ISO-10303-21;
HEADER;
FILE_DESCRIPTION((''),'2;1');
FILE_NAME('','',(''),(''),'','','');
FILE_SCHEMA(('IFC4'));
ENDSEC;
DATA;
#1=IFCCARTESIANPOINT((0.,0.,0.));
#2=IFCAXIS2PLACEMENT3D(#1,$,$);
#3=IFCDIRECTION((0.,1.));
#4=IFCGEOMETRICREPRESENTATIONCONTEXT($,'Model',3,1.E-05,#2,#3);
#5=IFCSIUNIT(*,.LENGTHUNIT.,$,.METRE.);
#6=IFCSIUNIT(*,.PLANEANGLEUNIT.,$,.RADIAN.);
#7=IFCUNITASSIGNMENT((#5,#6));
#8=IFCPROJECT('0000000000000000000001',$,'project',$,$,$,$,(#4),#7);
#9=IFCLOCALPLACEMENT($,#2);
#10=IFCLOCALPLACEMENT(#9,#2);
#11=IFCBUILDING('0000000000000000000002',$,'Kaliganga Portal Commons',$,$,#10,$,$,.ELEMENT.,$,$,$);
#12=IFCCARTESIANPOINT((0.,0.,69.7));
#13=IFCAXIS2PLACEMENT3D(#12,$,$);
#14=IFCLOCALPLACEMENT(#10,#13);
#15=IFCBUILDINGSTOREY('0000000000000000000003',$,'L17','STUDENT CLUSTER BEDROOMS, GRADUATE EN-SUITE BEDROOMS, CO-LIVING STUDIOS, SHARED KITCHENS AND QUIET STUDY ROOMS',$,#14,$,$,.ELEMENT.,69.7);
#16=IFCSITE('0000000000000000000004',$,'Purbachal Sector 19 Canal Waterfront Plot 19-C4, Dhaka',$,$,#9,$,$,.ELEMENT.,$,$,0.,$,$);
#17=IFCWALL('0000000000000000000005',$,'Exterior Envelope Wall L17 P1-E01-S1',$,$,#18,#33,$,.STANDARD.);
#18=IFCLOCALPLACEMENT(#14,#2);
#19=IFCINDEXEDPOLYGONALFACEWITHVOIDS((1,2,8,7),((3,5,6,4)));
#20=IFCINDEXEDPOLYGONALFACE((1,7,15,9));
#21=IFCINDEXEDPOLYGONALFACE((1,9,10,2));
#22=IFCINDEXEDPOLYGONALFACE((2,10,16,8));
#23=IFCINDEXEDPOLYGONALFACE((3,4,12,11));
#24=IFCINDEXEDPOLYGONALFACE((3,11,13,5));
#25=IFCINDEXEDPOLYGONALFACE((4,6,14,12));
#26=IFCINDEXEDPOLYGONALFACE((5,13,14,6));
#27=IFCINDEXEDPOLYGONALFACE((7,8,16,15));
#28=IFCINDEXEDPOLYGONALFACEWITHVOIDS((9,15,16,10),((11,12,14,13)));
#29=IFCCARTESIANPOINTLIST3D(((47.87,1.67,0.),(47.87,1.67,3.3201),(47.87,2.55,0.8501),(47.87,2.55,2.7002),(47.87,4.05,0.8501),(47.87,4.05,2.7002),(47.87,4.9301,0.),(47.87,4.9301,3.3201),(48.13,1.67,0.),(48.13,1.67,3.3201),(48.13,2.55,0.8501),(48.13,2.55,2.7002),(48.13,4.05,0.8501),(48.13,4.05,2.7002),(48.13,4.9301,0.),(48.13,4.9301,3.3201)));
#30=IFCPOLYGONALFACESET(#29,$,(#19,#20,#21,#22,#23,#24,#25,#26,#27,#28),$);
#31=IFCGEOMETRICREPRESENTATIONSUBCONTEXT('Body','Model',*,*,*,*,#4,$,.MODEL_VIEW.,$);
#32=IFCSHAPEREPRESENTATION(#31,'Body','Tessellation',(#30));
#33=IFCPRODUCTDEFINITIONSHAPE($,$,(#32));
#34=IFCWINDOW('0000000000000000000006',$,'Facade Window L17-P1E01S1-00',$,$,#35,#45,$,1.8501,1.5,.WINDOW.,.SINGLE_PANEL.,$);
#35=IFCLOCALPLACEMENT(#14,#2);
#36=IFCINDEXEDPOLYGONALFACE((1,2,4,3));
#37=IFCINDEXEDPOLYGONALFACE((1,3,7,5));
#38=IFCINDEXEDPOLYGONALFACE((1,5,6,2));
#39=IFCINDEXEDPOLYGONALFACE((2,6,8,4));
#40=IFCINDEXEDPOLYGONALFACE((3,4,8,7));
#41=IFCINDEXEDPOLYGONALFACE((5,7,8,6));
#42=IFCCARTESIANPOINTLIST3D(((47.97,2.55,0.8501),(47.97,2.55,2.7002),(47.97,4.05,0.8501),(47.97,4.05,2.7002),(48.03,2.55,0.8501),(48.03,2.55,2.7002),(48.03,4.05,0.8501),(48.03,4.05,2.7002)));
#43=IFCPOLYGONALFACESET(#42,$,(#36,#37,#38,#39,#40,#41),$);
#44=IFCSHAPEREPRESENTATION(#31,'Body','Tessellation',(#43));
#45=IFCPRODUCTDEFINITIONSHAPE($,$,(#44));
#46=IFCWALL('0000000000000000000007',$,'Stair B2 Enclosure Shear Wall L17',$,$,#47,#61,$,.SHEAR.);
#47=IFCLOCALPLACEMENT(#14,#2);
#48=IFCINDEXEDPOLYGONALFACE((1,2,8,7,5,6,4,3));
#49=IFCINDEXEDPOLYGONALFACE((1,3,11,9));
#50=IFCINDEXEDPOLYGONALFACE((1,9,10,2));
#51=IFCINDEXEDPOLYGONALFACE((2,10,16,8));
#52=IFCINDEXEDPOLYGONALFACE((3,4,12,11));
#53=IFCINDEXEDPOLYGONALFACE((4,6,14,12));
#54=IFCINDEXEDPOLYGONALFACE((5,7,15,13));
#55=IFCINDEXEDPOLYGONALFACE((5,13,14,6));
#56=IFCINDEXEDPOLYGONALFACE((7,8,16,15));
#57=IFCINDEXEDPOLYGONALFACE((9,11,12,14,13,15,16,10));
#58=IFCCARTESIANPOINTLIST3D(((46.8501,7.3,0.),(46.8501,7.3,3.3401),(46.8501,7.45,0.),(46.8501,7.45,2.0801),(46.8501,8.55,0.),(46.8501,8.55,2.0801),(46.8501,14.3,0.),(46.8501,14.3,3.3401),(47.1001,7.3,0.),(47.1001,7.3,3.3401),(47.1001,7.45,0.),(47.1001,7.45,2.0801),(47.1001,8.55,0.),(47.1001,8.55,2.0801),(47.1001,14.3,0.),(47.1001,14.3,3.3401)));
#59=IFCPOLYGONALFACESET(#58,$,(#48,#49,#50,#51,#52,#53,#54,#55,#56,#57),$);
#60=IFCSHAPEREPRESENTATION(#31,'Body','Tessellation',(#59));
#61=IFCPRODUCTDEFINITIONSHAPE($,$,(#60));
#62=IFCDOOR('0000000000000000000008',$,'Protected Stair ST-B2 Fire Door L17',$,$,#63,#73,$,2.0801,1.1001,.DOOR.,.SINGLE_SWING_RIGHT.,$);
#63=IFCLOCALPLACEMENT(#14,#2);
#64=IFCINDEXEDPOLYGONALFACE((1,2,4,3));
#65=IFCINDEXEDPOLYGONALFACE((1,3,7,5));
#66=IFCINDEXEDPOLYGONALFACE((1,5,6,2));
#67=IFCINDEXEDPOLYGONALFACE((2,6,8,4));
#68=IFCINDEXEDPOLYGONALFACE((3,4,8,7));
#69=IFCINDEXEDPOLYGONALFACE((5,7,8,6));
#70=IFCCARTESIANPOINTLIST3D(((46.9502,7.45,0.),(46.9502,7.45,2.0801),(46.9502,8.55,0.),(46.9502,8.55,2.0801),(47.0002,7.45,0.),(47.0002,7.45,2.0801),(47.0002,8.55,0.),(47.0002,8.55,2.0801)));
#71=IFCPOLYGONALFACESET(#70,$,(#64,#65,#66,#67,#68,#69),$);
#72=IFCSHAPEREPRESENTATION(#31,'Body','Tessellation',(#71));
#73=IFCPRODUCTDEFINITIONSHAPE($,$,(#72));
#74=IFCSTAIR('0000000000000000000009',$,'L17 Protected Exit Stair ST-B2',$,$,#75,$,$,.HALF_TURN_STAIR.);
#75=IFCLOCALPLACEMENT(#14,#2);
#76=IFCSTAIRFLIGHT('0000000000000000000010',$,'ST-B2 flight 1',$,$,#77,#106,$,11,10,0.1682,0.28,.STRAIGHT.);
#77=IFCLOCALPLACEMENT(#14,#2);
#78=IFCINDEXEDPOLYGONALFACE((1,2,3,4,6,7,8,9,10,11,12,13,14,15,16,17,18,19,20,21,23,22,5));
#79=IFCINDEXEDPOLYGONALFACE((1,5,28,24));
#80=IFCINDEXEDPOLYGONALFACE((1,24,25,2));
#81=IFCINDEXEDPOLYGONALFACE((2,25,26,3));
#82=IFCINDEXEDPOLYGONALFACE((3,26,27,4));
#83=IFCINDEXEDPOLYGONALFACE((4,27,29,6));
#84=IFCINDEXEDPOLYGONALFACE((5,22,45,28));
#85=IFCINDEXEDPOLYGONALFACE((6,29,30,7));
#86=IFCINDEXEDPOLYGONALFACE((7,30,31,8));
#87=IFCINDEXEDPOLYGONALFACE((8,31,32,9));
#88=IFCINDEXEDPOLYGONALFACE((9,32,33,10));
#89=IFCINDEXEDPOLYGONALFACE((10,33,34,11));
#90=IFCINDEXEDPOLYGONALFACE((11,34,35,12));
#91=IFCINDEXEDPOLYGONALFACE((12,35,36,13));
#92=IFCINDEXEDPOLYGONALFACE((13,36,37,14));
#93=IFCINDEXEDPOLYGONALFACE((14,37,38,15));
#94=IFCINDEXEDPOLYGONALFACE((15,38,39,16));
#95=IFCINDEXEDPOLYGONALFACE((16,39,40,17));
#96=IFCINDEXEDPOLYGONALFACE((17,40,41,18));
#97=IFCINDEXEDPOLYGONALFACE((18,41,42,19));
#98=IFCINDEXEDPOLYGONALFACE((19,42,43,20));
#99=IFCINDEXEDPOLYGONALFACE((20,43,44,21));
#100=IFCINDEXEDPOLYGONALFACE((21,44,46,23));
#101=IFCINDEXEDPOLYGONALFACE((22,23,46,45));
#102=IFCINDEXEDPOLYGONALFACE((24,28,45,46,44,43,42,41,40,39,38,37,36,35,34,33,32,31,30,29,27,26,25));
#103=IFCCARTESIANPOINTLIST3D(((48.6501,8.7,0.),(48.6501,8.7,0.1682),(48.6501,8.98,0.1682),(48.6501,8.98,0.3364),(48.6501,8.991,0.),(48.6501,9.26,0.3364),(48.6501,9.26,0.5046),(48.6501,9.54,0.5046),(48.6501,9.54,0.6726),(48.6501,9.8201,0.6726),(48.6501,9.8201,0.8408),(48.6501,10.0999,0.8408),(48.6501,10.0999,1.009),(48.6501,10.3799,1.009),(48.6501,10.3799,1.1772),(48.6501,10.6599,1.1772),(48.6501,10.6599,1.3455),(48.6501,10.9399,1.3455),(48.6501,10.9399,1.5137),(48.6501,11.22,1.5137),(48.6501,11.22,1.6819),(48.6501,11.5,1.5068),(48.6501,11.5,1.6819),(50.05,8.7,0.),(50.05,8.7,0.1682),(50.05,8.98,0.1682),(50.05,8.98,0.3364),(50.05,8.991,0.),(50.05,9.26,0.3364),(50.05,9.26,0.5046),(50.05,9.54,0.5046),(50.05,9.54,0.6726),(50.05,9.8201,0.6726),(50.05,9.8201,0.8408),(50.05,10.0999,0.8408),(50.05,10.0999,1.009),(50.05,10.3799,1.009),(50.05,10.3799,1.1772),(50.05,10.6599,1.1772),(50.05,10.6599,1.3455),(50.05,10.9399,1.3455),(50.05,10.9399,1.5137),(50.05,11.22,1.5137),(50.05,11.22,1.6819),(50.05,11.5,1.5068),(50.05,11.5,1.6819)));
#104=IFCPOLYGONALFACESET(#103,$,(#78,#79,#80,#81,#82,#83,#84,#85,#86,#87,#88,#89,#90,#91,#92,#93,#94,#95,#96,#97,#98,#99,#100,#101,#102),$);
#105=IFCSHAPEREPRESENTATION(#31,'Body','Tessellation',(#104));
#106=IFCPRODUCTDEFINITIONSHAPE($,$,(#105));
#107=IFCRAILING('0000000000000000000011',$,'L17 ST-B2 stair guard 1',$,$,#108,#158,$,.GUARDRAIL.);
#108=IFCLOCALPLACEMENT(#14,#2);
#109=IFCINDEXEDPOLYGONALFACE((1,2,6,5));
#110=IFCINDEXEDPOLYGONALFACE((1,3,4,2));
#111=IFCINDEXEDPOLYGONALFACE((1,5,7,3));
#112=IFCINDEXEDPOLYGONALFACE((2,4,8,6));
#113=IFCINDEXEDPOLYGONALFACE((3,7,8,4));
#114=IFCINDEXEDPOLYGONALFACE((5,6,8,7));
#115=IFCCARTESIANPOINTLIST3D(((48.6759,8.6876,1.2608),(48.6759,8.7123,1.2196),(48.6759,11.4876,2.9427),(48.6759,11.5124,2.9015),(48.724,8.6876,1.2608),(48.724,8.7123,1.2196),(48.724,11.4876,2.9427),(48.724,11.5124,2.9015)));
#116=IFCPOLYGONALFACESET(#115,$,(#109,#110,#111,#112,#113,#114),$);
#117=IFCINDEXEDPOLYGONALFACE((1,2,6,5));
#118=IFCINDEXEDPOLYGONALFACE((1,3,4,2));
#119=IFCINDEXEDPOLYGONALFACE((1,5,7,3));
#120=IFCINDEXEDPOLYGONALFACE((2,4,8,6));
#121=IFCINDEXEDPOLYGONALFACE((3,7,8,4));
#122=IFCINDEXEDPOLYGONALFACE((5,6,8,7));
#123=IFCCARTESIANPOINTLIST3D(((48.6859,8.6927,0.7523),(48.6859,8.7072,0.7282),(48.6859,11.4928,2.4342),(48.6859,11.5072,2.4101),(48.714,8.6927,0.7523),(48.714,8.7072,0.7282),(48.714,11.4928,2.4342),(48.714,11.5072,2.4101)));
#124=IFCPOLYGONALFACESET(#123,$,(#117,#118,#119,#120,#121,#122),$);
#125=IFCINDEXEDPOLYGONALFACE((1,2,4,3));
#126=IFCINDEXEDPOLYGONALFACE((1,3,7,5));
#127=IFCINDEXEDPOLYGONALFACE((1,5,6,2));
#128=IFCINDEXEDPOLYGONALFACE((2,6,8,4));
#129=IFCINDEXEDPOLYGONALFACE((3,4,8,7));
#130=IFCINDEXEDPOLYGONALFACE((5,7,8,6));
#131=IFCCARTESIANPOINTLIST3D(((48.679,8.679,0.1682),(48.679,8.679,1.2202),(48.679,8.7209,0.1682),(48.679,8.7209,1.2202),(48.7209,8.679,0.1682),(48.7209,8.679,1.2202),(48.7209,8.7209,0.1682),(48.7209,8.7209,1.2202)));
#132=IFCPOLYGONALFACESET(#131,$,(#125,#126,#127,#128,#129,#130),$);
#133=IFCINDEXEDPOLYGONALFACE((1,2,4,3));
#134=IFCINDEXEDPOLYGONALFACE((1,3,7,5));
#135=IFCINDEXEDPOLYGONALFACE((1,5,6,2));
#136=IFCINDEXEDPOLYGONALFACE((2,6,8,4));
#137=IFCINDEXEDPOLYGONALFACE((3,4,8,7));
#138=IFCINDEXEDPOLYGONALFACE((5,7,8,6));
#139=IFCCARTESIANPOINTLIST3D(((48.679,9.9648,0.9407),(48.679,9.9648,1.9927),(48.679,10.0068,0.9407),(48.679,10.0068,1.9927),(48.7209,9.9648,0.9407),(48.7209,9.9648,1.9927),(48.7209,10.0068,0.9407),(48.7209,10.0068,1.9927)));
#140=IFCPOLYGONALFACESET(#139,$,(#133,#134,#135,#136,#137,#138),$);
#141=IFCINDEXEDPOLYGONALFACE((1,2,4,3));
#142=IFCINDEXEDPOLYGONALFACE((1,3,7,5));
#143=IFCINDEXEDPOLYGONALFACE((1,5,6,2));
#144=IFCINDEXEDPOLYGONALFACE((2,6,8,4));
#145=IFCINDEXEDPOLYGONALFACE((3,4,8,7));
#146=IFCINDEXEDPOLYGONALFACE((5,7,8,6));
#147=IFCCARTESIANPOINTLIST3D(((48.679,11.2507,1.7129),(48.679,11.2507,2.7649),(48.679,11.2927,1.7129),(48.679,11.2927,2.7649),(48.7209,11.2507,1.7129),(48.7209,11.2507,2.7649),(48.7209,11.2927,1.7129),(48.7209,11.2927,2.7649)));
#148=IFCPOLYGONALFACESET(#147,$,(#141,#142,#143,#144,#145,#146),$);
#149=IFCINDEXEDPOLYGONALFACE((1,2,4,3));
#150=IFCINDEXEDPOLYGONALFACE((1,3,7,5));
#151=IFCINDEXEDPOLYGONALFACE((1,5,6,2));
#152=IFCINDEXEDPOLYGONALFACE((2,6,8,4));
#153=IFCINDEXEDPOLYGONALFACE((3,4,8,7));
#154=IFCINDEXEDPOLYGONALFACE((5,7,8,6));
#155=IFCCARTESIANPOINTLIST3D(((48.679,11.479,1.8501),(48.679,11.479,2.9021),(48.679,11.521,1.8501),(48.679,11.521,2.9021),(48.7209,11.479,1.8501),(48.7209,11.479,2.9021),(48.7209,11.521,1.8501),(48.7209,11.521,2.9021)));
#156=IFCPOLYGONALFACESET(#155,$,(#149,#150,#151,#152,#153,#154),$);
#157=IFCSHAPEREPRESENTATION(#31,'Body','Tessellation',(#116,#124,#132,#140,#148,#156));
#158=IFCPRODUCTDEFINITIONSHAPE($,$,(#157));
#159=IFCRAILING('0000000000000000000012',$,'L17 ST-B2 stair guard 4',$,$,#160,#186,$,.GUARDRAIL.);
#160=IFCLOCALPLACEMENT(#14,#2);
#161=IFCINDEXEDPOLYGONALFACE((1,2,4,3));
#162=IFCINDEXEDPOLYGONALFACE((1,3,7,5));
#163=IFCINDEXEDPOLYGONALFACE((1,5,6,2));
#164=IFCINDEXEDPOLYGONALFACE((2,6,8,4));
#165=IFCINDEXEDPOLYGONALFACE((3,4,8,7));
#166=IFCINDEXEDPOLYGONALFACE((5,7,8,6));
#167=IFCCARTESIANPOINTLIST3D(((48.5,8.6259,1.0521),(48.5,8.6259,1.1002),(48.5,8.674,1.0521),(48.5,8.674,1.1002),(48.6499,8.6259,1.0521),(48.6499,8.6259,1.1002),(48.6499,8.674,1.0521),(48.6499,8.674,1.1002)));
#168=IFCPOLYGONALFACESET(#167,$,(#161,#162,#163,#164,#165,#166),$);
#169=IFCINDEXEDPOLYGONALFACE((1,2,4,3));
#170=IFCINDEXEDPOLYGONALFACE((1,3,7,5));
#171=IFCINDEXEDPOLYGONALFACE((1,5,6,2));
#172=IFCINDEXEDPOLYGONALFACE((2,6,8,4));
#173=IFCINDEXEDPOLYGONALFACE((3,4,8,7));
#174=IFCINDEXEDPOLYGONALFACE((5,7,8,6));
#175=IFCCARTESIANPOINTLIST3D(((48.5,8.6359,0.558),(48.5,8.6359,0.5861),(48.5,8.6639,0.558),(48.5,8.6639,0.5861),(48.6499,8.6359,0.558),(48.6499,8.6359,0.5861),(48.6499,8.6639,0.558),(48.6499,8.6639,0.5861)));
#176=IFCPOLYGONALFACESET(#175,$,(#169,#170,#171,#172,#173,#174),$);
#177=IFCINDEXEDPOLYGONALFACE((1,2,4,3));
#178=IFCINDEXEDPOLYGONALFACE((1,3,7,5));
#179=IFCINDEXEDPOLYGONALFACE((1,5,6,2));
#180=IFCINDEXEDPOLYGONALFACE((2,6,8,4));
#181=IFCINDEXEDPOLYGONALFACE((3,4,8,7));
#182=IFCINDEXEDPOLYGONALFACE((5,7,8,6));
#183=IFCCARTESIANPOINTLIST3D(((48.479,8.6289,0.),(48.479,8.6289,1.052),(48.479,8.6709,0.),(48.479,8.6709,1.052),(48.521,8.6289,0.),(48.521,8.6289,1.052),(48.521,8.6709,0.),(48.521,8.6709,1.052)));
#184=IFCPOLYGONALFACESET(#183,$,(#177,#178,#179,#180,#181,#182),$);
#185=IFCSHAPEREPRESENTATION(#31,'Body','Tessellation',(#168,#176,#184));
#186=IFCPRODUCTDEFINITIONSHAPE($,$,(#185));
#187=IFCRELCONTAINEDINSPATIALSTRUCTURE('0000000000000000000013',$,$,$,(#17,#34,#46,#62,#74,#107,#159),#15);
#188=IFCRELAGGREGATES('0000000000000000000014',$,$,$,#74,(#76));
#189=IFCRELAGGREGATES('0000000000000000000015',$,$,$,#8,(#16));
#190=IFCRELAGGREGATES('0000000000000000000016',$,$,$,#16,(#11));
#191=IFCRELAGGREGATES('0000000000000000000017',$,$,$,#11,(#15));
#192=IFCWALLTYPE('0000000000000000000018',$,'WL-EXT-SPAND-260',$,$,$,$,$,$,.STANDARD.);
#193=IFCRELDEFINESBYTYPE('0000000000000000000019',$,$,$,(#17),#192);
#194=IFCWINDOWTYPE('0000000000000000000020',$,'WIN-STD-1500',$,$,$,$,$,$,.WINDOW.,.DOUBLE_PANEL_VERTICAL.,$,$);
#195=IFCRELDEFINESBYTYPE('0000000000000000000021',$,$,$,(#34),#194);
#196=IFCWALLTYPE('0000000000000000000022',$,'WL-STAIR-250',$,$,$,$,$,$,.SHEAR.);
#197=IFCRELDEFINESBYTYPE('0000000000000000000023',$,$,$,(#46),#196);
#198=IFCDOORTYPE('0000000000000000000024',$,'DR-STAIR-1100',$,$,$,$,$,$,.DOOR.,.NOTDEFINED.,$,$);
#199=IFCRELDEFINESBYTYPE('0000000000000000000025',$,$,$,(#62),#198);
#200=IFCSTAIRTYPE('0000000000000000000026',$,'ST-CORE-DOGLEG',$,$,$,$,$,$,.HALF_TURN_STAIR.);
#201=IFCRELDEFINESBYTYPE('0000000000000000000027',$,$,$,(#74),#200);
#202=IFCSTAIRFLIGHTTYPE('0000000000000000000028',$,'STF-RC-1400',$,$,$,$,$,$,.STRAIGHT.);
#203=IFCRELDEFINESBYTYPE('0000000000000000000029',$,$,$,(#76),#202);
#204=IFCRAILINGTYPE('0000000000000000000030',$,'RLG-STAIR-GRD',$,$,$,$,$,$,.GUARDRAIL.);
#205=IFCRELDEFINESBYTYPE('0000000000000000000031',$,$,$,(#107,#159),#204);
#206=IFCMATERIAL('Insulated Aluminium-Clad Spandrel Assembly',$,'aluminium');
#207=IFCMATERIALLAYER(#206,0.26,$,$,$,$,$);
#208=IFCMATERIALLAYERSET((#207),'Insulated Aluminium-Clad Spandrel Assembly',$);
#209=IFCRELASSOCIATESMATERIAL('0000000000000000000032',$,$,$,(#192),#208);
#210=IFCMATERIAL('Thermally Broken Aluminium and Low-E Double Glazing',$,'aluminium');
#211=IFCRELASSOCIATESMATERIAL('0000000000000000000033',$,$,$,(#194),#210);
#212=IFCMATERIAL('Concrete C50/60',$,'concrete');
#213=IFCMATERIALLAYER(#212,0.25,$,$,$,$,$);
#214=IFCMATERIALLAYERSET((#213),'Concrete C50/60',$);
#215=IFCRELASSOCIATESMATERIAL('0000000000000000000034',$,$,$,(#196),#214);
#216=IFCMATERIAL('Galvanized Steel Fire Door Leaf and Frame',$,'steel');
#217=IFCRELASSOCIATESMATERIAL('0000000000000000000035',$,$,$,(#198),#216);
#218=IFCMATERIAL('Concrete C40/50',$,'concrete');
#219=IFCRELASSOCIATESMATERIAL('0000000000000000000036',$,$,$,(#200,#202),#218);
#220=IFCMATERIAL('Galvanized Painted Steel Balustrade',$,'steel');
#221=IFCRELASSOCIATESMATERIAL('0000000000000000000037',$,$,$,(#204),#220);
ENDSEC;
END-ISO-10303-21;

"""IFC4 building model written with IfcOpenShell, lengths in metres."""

from ifc_helpers import new_model, si_unit, direction, frame, frame_2d, origin, origin_2d, place, context, subcontext, project, spatial, polyline, rectangle, outline, extrude, material, layer, layer_set, type_object, element, fill, aggregate, save


model = new_model("IFC4")

# Units and contexts
model_context = context("Model", 3, precision=1e-05, world=origin(), true_north=direction((0.0, 1.0)))
body_context = subcontext(model_context, "Body", "Model", "MODEL_VIEW")
ifc_project = project(units=[si_unit("LENGTHUNIT", "METRE"), si_unit("PLANEANGLEUNIT", "RADIAN")], contexts=[model_context])

# Site, building, storey
site_placement = place(None, origin())
site = spatial("IfcSite", under=ifc_project, at=site_placement, Name="Purbachal Sector 19 Canal Waterfront Plot 19-C4, Dhaka", CompositionType="ELEMENT", RefElevation=0.0)
building_placement = place(site_placement, origin())
building = spatial("IfcBuilding", under=site, at=building_placement, Name="Kaliganga Portal Commons", CompositionType="ELEMENT")
storey_placement = place(building_placement, frame((0.0, 0.0, 69.7)))
storey = spatial("IfcBuildingStorey", under=building, at=storey_placement, Name="L17", Description="STUDENT CLUSTER BEDROOMS, GRADUATE EN-SUITE BEDROOMS, CO-LIVING STUDIOS, SHARED KITCHENS AND QUIET STUDY ROOMS", CompositionType="ELEMENT", Elevation=69.7)

# Shared definitions
ifc_material_1 = material(Name="Insulated Aluminium-Clad Spandrel Assembly", Category="aluminium")
ifc_layer_1 = layer(ifc_material_1, 0.26)
ifc_layer_set_1 = layer_set([ifc_layer_1], Name="Insulated Aluminium-Clad Spandrel Assembly")
wall_type_1 = type_object("IfcWallType", Name="WL-EXT-SPAND-260", PredefinedType="STANDARD", material=ifc_layer_set_1)
ifc_material_2 = material(Name="Thermally Broken Aluminium and Low-E Double Glazing", Category="aluminium")
window_type = type_object("IfcWindowType", Name="WIN-STD-1500", PartitioningType="DOUBLE_PANEL_VERTICAL", PredefinedType="WINDOW", material=ifc_material_2)

# Wall, opening, window
wall_1_placement = place(storey_placement, frame((48.0, 4.9299, 0.0), z_axis=(0.0, 0.0, 1.0), x_axis=(0.0, -1.0, 0.0)))
wall_1 = element("IfcWall", 1, at=wall_1_placement, inside=storey, type_object=wall_type_1, Name="Exterior Envelope Wall L17 P1-E01-S1", PredefinedType="STANDARD", context=body_context, shape_type="SweptSolid", body=[
    extrude(rectangle(XDim=3.26, YDim=0.26, at=frame_2d((1.6299, 0.0))), origin(), (0.0, 0.0, 1.0), 3.3201),
])
opening_1_placement = place(wall_1_placement, frame((0.8799, 0.0, 0.8501)))
opening_1 = element("IfcOpeningElement", 2, at=opening_1_placement, cuts=wall_1, PredefinedType="OPENING", context=body_context, shape_type="SweptSolid", body=[
    extrude(rectangle(XDim=1.5, YDim=1.8501, at=frame_2d((0.75, 0.925))), frame((0.0, 0.1401, 0.0), z_axis=(0.0, -1.0, 0.0), x_axis=(1.0, 0.0, 0.0)), (0.0, 0.0, 1.0), 0.28),
])
window_1_placement = place(opening_1_placement, origin())
window_1 = element("IfcWindow", 3, at=window_1_placement, inside=storey, type_object=window_type, Name="Facade Window L17-P1E01S1-00", OverallHeight=1.8501, OverallWidth=1.5, PartitioningType="SINGLE_PANEL", PredefinedType="WINDOW", context=body_context, shape_type="SweptSolid", body=[
    extrude(rectangle(XDim=1.5, YDim=1.8501, at=frame_2d((0.75, 0.925))), frame((0.0, 0.03, 0.0), z_axis=(0.0, -1.0, 0.0), x_axis=(1.0, 0.0, 0.0)), (0.0, 0.0, 1.0), 0.0601),
])
fill(opening_1, window_1)

# Wall, opening, door
ifc_material_3 = material(Name="Concrete C50/60", Category="concrete")
ifc_layer_2 = layer(ifc_material_3, 0.25)
ifc_layer_set_2 = layer_set([ifc_layer_2], Name="Concrete C50/60")
wall_type_2 = type_object("IfcWallType", Name="WL-STAIR-250", PredefinedType="SHEAR", material=ifc_layer_set_2)
wall_2_placement = place(storey_placement, frame((46.9751, 7.3, 0.0), z_axis=(0.0, 0.0, 1.0), x_axis=(0.0, 1.0, 0.0)))
wall_2 = element("IfcWall", 4, at=wall_2_placement, inside=storey, type_object=wall_type_2, Name="Stair B2 Enclosure Shear Wall L17", PredefinedType="SHEAR", context=body_context, shape_type="SweptSolid", body=[
    extrude(rectangle(XDim=7.0, YDim=0.25, at=frame_2d((3.5, 0.0))), origin(), (0.0, 0.0, 1.0), 3.3401),
])
opening_2_placement = place(wall_2_placement, frame((0.1499, 0.0, 0.0)))
opening_2 = element("IfcOpeningElement", 5, at=opening_2_placement, cuts=wall_2, PredefinedType="OPENING", context=body_context, shape_type="SweptSolid", body=[
    extrude(rectangle(XDim=1.1001, YDim=2.0801, at=frame_2d((0.55, 1.04))), frame((0.0, 0.135, 0.0), z_axis=(0.0, -1.0, 0.0), x_axis=(1.0, 0.0, 0.0)), (0.0, 0.0, 1.0), 0.27),
])
ifc_material_4 = material(Name="Galvanized Steel Fire Door Leaf and Frame", Category="steel")
door_type = type_object("IfcDoorType", Name="DR-STAIR-1100", OperationType="NOTDEFINED", PredefinedType="DOOR", material=ifc_material_4)
door_placement = place(opening_2_placement, origin())
door = element("IfcDoor", 6, at=door_placement, inside=storey, type_object=door_type, Name="Protected Stair ST-B2 Fire Door L17", OperationType="SINGLE_SWING_RIGHT", OverallHeight=2.0801, OverallWidth=1.1001, PredefinedType="DOOR", context=body_context, shape_type="SweptSolid", body=[
    extrude(rectangle(XDim=1.1001, YDim=2.0801, at=frame_2d((0.55, 1.04))), frame((0.0, 0.0249, 0.0), z_axis=(0.0, -1.0, 0.0), x_axis=(1.0, 0.0, 0.0)), (0.0, 0.0, 1.0), 0.05),
])
fill(opening_2, door)

# Stair, stair flight
ifc_material_5 = material(Name="Concrete C40/50", Category="concrete")
stair_type = type_object("IfcStairType", Name="ST-CORE-DOGLEG", PredefinedType="HALF_TURN_STAIR", material=ifc_material_5)
stair_placement = place(storey_placement, origin())
stair = element("IfcStair", 7, at=stair_placement, inside=storey, type_object=stair_type, Name="L17 Protected Exit Stair ST-B2", PredefinedType="HALF_TURN_STAIR")
stair_flight_type = type_object("IfcStairFlightType", Name="STF-RC-1400", PredefinedType="STRAIGHT", material=ifc_material_5)
stair_flight_placement = place(storey_placement, frame((49.3501, 8.7, 0.0), z_axis=(0.0, 0.0, 1.0), x_axis=(0.0, 1.0, 0.0)))
stair_flight = element("IfcStairFlight", 8, at=stair_flight_placement, type_object=stair_flight_type, Name="ST-B2 flight 1", NumberOfRisers=11, NumberOfTreads=10, PredefinedType="STRAIGHT", RiserHeight=0.1682, TreadLength=0.28, context=body_context, shape_type="SweptSolid", body=[
    extrude(outline(polyline([(0.0, 0.0), (0.0, 0.1682), (0.28, 0.1682), (0.28, 0.3364), (0.5601, 0.3364), (0.5601, 0.5046), (0.8401, 0.5046), (0.8401, 0.6726), (1.1201, 0.6726), (1.1201, 0.8408), (1.3999, 0.8408), (1.3999, 1.009), (1.6799, 1.009), (1.6799, 1.1772), (1.96, 1.1772), (1.96, 1.3455), (2.24, 1.3455), (2.24, 1.5137), (2.52, 1.5137), (2.52, 1.6819), (2.8, 1.6819), (2.8, 1.8501), (2.8, 1.5068), (0.291, 0.0), (0.0, 0.0)])), frame((0.0, 0.7, 0.0), z_axis=(0.0, -1.0, 0.0), x_axis=(1.0, 0.0, 0.0)), (0.0, 0.0, 1.0), 1.3999),
])
aggregate(stair, [stair_flight])

# Railings
ifc_material_6 = material(Name="Galvanized Painted Steel Balustrade", Category="steel")
railing_type_1 = type_object("IfcRailingType", Name="RLG-STAIR-GRD", PredefinedType="GUARDRAIL", material=ifc_material_6)
railing_1_placement = place(storey_placement, frame((48.7, 8.7, 0.1682)))
element("IfcRailing", 9, at=railing_1_placement, inside=storey, type_object=railing_type_1, Name="L17 ST-B2 stair guard 1", PredefinedType="GUARDRAIL", context=body_context, shape_type="SweptSolid", body=[
    extrude(rectangle(XDim=0.0481, YDim=0.0481, at=origin_2d()), frame((0.0, 0.0, 1.072), z_axis=(0.0, 0.857242, 0.514913), x_axis=(-1.0, 0.0, 0.0)), (0.0, 0.0, 1.0), 3.2664),
    extrude(rectangle(XDim=0.0281, YDim=0.0281, at=origin_2d()), frame((0.0, 0.0, 0.572), z_axis=(0.0, 0.857242, 0.514913), x_axis=(-1.0, 0.0, 0.0)), (0.0, 0.0, 1.0), 3.2664),
    extrude(rectangle(XDim=0.042, YDim=0.042, at=origin_2d()), origin(), (0.0, 0.0, 1.0), 1.052),
    extrude(rectangle(XDim=0.042, YDim=0.042, at=origin_2d()), frame((0.0, 1.2859, 0.7725)), (0.0, 0.0, 1.0), 1.052),
    extrude(rectangle(XDim=0.042, YDim=0.042, at=origin_2d()), frame((0.0, 2.5718, 1.5447)), (0.0, 0.0, 1.0), 1.052),
    extrude(rectangle(XDim=0.042, YDim=0.042, at=origin_2d()), frame((0.0, 2.8, 1.6819)), (0.0, 0.0, 1.0), 1.052),
])
railing_2_placement = place(storey_placement, frame((48.6499, 8.6499, 0.0)))
element("IfcRailing", 10, at=railing_2_placement, inside=storey, type_object=railing_type_1, Name="L17 ST-B2 stair guard 4", PredefinedType="GUARDRAIL", context=body_context, shape_type="SweptSolid", body=[
    extrude(rectangle(XDim=0.0481, YDim=0.0481, at=origin_2d()), frame((0.0, 0.0, 1.0762), z_axis=(-1.0, 0.0, 0.0), x_axis=(0.0, -1.0, 0.0)), (0.0, 0.0, 1.0), 0.1499),
    extrude(rectangle(XDim=0.0281, YDim=0.0281, at=origin_2d()), frame((0.0, 0.0, 0.572), z_axis=(-1.0, 0.0, 0.0), x_axis=(0.0, -1.0, 0.0)), (0.0, 0.0, 1.0), 0.1499),
    extrude(rectangle(XDim=0.042, YDim=0.042, at=origin_2d()), frame((-0.1499, 0.0, 0.0)), (0.0, 0.0, 1.0), 1.052),
])

save(model, "model.ifc")
